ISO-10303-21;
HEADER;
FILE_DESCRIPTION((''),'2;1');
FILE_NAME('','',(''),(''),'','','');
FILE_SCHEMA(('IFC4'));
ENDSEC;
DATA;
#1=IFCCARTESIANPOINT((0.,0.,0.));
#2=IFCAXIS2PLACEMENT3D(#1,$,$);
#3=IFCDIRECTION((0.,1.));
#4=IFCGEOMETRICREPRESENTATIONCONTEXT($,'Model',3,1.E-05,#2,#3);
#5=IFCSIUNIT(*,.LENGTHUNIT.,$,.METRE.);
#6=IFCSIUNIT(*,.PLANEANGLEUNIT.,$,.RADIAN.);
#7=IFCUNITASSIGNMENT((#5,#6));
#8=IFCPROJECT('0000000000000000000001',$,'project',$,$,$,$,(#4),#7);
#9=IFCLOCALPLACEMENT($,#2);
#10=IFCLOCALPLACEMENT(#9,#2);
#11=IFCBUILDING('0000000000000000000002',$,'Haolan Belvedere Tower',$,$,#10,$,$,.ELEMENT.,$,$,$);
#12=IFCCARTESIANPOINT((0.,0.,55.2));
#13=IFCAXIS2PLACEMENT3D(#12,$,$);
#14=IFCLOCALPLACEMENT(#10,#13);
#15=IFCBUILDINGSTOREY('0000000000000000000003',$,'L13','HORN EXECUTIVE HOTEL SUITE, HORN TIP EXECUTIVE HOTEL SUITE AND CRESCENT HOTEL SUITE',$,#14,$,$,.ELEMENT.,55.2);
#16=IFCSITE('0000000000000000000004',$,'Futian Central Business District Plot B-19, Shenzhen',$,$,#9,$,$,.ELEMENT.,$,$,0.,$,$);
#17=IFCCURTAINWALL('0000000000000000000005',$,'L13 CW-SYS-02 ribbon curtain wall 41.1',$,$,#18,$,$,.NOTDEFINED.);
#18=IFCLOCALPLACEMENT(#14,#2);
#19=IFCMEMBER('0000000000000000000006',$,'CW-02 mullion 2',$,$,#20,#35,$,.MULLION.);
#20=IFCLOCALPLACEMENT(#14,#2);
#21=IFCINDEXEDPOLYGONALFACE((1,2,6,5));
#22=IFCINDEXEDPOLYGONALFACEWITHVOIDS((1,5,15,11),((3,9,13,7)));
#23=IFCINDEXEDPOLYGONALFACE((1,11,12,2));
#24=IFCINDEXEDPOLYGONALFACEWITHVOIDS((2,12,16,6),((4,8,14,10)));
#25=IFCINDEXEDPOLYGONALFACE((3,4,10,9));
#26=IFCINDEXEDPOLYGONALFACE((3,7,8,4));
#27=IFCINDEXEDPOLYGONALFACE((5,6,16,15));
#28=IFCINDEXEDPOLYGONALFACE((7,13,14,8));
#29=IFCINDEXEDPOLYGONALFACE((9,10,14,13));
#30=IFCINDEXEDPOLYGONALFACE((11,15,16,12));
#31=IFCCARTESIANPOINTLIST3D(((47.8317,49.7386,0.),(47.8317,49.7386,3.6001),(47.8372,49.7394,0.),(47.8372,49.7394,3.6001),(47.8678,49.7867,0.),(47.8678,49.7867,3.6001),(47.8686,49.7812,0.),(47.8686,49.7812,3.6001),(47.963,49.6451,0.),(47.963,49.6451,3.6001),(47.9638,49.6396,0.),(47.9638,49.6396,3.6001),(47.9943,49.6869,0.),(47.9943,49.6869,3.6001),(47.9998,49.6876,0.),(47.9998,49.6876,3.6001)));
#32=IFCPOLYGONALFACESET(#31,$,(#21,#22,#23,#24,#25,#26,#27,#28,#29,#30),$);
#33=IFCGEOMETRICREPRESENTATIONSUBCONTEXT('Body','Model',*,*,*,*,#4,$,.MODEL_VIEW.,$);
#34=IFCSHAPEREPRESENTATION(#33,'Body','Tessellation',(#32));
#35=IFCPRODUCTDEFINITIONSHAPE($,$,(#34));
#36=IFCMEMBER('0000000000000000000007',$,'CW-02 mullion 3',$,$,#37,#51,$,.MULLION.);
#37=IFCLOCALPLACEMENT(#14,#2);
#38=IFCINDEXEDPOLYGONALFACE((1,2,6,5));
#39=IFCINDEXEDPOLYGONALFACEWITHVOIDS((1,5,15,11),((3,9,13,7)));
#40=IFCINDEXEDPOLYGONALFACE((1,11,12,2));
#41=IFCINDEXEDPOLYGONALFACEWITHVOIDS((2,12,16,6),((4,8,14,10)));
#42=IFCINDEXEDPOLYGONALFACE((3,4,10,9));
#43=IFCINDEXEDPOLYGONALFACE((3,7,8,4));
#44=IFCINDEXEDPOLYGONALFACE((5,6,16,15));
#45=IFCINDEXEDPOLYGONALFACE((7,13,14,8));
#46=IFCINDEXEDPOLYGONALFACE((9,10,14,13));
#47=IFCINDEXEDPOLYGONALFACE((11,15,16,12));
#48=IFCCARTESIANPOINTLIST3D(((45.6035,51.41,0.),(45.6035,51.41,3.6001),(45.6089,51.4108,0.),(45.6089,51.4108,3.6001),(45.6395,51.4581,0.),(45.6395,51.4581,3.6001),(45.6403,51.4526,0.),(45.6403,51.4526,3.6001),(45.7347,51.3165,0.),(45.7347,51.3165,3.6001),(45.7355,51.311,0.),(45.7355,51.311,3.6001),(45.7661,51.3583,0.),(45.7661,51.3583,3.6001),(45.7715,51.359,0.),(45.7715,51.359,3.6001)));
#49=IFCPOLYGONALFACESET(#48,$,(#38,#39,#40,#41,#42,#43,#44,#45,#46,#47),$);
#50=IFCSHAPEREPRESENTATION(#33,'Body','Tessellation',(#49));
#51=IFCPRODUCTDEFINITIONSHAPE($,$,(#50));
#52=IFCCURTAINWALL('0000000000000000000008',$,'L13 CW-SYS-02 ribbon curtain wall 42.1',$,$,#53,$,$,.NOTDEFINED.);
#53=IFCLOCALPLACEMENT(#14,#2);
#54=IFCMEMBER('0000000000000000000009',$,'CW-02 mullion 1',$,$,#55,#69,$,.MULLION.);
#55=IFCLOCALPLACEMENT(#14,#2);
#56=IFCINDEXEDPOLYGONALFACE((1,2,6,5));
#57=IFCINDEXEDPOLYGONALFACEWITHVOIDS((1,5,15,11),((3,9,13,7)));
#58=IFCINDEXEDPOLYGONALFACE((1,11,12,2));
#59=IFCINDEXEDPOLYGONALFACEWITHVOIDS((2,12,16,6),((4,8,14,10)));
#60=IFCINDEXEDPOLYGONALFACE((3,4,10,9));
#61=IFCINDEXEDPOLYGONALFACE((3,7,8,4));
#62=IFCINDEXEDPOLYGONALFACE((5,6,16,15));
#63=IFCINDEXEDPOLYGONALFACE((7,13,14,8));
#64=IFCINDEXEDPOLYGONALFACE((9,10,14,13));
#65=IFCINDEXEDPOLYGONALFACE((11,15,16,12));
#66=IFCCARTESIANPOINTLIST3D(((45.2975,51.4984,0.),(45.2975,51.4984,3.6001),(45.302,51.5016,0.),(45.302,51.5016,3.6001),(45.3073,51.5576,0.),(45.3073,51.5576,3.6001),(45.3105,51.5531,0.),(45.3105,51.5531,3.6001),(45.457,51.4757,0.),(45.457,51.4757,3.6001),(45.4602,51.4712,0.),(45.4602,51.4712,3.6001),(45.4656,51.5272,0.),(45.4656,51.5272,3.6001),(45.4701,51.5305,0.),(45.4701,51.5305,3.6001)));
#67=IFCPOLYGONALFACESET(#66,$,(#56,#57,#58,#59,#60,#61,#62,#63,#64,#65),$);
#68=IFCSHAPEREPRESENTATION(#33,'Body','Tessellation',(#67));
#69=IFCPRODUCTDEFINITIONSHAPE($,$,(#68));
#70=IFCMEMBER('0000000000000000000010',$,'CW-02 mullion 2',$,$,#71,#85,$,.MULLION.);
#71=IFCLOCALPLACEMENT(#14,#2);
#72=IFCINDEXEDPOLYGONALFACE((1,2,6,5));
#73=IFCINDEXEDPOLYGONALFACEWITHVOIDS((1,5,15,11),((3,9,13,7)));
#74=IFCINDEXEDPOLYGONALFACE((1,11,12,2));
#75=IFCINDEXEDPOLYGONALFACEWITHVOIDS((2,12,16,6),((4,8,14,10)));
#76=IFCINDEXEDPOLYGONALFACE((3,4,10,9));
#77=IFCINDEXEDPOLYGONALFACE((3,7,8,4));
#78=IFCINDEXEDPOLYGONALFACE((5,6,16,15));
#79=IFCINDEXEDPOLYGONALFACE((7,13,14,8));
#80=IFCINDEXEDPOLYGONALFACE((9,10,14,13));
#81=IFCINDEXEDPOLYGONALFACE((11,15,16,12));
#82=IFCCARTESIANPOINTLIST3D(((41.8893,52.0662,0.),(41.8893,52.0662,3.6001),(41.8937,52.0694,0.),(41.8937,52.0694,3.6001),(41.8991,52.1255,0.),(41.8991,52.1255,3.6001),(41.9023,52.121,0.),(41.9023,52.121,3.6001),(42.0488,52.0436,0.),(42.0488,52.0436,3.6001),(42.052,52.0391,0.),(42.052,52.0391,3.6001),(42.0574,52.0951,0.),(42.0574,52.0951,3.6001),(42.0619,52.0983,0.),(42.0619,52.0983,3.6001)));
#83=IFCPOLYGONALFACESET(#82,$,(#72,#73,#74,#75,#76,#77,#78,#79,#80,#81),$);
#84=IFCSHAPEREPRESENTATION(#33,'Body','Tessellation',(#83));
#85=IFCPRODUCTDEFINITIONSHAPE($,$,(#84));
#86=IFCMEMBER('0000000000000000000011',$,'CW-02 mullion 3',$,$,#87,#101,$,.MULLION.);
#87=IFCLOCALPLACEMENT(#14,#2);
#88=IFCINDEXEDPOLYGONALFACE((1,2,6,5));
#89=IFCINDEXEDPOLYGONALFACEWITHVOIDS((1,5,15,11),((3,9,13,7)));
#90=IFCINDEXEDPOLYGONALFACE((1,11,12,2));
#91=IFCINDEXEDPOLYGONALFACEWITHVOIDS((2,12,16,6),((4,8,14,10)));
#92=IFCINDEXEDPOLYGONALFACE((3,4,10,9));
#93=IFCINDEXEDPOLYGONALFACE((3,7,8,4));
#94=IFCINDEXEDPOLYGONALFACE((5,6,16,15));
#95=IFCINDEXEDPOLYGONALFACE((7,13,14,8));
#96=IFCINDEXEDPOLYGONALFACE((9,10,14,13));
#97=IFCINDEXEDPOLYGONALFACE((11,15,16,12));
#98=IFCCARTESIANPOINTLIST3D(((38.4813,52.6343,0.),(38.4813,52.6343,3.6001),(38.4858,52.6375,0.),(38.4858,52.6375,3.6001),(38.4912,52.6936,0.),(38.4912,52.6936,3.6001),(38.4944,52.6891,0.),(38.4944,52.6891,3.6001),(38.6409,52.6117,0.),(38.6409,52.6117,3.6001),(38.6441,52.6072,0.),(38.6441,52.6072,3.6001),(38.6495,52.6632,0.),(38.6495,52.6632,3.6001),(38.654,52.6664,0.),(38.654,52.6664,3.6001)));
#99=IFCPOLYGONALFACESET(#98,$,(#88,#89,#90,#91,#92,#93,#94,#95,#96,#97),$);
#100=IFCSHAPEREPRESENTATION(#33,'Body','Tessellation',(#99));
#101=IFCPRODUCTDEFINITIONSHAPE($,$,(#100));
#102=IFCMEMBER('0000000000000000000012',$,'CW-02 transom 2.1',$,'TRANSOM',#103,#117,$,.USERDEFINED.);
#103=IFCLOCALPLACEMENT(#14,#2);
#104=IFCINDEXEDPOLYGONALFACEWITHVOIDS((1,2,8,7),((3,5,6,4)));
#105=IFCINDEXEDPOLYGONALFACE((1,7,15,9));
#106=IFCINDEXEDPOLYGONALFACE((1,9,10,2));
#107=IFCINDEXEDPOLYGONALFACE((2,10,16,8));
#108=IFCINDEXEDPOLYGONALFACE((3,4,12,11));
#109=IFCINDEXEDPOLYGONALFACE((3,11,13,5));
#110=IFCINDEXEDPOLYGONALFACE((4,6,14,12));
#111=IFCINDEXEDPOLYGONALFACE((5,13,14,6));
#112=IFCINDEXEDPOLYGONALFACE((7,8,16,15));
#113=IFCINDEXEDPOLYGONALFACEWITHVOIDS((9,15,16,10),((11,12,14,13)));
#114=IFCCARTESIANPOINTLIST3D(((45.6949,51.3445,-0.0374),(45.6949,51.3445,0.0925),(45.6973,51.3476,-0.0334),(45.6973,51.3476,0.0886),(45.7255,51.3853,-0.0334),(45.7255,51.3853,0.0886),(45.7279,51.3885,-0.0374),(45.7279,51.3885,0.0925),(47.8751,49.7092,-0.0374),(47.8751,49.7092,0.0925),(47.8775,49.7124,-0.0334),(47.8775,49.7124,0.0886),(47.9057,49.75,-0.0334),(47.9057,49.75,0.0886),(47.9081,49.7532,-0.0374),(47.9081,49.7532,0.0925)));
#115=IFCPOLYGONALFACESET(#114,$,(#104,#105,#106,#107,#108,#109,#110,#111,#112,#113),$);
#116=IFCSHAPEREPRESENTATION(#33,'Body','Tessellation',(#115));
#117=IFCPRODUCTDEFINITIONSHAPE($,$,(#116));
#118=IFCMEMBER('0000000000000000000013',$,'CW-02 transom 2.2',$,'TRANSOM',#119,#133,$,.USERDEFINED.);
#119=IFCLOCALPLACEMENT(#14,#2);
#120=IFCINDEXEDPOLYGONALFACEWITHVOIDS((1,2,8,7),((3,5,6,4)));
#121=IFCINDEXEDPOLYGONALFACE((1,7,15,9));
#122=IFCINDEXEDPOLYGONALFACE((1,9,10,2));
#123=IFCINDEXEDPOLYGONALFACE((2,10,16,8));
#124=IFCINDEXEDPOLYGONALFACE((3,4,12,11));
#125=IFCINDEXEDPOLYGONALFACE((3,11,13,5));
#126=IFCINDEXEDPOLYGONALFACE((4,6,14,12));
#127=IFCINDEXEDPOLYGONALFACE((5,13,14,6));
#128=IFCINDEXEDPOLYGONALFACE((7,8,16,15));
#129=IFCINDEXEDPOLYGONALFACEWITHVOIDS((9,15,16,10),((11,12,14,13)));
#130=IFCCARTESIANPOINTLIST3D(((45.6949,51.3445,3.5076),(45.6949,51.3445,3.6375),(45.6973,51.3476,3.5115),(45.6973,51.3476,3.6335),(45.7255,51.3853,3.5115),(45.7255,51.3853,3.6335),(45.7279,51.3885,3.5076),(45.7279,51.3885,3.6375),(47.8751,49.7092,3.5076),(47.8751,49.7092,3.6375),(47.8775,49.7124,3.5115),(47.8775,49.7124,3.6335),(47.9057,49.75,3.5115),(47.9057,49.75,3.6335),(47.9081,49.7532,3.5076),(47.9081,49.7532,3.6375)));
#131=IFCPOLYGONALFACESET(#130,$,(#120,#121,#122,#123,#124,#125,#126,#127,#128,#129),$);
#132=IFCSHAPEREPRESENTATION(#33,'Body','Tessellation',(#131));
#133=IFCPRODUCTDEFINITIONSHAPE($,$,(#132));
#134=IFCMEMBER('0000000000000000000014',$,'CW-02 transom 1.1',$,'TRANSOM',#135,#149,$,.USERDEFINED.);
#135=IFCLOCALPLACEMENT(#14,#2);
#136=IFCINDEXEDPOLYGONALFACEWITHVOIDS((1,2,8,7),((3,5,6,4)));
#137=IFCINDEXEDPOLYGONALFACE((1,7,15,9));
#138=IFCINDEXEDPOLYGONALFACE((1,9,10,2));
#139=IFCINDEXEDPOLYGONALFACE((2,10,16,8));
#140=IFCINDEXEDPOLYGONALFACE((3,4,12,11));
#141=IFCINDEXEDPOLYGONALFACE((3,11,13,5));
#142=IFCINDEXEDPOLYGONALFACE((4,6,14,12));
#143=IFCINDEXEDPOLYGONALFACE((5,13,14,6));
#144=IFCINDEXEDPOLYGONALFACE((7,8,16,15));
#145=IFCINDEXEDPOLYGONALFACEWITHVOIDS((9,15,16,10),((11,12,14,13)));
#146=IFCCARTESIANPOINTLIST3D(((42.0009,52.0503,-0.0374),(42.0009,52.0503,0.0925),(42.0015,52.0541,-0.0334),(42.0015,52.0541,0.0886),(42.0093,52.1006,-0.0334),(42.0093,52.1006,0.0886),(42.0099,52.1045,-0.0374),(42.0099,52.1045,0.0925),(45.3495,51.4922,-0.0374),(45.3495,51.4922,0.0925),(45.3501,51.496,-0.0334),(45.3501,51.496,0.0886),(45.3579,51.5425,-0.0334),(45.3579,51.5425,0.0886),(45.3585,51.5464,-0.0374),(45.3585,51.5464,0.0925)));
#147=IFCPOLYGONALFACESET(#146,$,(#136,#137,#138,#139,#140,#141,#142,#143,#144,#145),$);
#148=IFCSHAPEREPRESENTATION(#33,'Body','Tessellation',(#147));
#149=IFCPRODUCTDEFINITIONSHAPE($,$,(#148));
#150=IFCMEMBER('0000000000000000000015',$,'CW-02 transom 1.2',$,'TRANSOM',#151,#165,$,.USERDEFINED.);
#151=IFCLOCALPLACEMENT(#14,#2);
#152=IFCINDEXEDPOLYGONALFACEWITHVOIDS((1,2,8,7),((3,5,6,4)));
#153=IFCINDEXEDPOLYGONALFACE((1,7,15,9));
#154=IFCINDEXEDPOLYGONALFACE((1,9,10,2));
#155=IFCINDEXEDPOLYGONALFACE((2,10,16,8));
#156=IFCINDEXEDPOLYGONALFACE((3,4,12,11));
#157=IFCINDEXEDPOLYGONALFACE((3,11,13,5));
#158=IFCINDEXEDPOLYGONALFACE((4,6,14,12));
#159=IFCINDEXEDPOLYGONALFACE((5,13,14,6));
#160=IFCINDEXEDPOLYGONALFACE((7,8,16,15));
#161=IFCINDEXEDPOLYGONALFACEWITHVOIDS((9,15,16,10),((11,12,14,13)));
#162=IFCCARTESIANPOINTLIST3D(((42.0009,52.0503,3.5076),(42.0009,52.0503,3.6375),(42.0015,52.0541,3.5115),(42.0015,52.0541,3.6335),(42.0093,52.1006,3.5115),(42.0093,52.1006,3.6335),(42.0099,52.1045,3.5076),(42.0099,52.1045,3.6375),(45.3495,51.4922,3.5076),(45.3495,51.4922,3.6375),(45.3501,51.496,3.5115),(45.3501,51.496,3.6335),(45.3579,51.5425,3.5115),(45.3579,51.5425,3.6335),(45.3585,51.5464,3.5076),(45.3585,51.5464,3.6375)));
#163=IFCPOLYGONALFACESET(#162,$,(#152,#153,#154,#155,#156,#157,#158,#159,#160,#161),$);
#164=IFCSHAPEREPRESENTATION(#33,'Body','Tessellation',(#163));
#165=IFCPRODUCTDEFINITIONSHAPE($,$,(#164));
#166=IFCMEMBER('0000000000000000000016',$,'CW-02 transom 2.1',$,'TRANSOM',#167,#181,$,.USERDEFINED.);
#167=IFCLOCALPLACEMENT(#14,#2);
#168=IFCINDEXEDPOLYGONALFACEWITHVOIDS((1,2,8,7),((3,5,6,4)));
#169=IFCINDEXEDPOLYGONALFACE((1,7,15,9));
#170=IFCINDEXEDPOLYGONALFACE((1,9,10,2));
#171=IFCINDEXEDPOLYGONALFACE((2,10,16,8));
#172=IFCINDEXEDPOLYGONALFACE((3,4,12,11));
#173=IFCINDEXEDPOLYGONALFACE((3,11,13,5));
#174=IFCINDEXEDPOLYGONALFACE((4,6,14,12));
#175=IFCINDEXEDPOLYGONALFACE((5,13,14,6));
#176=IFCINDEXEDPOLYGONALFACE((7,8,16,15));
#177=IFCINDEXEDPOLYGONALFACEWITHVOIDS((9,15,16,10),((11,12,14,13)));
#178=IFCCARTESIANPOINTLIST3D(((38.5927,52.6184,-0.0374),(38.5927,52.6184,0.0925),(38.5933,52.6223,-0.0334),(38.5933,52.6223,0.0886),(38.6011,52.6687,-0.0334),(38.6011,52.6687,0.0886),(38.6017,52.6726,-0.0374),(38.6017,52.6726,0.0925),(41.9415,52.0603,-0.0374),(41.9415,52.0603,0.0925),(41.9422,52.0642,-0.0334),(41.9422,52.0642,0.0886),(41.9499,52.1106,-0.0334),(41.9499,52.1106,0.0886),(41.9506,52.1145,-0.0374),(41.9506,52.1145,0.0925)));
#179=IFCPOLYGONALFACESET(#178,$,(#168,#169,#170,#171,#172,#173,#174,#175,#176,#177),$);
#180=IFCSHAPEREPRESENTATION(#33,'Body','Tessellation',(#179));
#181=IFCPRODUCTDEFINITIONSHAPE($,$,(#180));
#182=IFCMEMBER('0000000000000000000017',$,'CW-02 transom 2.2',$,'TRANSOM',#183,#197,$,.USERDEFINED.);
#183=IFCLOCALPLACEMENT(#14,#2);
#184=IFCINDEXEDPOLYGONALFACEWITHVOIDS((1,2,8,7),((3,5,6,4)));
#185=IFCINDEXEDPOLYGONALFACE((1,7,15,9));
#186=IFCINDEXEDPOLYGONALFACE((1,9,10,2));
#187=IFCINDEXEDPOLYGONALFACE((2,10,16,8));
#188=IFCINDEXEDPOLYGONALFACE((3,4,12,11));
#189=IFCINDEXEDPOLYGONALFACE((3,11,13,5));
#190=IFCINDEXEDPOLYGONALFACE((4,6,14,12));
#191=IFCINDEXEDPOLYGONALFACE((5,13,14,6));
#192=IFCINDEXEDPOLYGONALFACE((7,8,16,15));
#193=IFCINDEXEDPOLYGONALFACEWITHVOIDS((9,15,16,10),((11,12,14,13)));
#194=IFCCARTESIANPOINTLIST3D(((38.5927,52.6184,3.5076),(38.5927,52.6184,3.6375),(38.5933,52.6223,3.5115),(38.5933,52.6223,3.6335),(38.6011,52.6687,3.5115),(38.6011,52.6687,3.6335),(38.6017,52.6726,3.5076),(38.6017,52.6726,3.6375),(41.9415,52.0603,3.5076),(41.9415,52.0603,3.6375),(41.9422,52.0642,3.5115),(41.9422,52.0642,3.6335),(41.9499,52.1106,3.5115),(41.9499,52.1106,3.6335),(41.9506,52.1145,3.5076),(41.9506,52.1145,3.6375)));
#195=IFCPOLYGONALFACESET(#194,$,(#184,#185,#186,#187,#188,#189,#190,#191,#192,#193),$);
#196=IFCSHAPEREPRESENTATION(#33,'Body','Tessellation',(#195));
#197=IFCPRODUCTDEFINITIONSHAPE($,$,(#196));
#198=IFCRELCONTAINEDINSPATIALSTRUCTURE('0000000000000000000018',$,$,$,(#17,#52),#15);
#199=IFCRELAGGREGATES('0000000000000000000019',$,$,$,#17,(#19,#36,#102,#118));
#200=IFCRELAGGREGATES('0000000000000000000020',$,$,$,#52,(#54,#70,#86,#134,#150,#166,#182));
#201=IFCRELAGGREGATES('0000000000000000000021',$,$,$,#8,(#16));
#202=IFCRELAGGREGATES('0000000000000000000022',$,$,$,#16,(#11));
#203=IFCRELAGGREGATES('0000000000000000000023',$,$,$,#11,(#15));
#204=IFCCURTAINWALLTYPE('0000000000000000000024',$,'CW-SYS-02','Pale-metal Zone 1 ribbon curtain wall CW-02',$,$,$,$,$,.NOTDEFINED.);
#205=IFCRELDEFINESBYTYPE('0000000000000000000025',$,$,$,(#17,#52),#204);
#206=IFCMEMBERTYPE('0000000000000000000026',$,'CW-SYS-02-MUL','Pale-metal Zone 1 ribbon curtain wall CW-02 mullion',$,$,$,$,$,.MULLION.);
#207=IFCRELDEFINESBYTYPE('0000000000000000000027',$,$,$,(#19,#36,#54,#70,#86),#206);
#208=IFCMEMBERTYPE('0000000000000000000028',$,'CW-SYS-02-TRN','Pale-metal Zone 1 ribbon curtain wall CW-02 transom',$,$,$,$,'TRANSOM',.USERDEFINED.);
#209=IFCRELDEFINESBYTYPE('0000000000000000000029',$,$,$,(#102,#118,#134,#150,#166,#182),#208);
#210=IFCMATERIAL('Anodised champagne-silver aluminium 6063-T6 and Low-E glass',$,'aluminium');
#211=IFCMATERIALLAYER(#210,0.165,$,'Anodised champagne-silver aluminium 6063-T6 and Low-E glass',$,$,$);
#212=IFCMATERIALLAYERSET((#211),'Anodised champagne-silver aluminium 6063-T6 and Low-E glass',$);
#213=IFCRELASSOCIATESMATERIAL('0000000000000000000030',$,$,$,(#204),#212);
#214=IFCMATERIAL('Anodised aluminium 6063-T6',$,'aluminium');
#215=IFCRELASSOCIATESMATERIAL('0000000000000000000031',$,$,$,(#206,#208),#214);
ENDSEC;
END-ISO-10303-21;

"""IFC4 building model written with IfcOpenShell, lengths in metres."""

from ifc_helpers import new_model, si_unit, direction, frame, origin, origin_2d, place, context, subcontext, project, spatial, hollow_rectangle, extrude, material, layer, layer_set, material_profile, profile_set, type_object, element, aggregate, save


model = new_model("IFC4")

# Units and contexts
model_context = context("Model", 3, precision=1e-05, world=origin(), true_north=direction((0.0, 1.0)))
body_context = subcontext(model_context, "Body", "Model", "MODEL_VIEW")
ifc_project = project(units=[si_unit("LENGTHUNIT", "METRE"), si_unit("PLANEANGLEUNIT", "RADIAN")], contexts=[model_context])

# Site, building, storey
site_placement = place(None, origin())
site = spatial("IfcSite", under=ifc_project, at=site_placement, Name="Futian Central Business District Plot B-19, Shenzhen", CompositionType="ELEMENT", RefElevation=0.0)
building_placement = place(site_placement, origin())
building = spatial("IfcBuilding", under=site, at=building_placement, Name="Haolan Belvedere Tower", CompositionType="ELEMENT")
storey_placement = place(building_placement, frame((0.0, 0.0, 55.2)))
storey = spatial("IfcBuildingStorey", under=building, at=storey_placement, Name="L13", Description="HORN EXECUTIVE HOTEL SUITE, HORN TIP EXECUTIVE HOTEL SUITE AND CRESCENT HOTEL SUITE", CompositionType="ELEMENT", Elevation=55.2)

# Curtain walls, members
ifc_material_1 = material(Name="Anodised champagne-silver aluminium 6063-T6 and Low-E glass", Category="aluminium")
ifc_layer_1 = layer(ifc_material_1, 0.165, Name="Anodised champagne-silver aluminium 6063-T6 and Low-E glass")
ifc_layer_set_1 = layer_set([ifc_layer_1], Name="Anodised champagne-silver aluminium 6063-T6 and Low-E glass")
curtain_wall_type = type_object("IfcCurtainWallType", Name="CW-SYS-02", Description="Pale-metal Zone 1 ribbon curtain wall CW-02", PredefinedType="NOTDEFINED", material=ifc_layer_set_1)
curtain_wall_1_placement = place(storey_placement, origin())
curtain_wall_1 = element("IfcCurtainWall", 1, at=curtain_wall_1_placement, inside=storey, type_object=curtain_wall_type, Name="L13 CW-SYS-02 ribbon curtain wall 41.1", PredefinedType="NOTDEFINED")
ifc_material_2 = material(Name="Anodised aluminium 6063-T6", Category="aluminium")
ifc_material_profile_1 = material_profile(ifc_material_2, hollow_rectangle(XDim=0.0601, YDim=0.165, WallThickness=0.0039, at=origin_2d()), Name="Anodised aluminium 6063-T6")
ifc_profile_set_1 = profile_set([ifc_material_profile_1], Name="Anodised aluminium 6063-T6")
member_type_1 = type_object("IfcMemberType", Name="CW-SYS-02-MUL", Description="Pale-metal Zone 1 ribbon curtain wall CW-02 mullion", PredefinedType="MULLION", material=ifc_profile_set_1)
member_1_placement = place(storey_placement, frame((47.9158, 49.7131, 0.0), z_axis=(0.0, 0.0, 1.0), x_axis=(-0.599994, -0.800004, 0.0)))
member_1 = element("IfcMember", 2, at=member_1_placement, type_object=member_type_1, Name="CW-02 mullion 2", PredefinedType="MULLION", context=body_context, shape_type="SweptSolid", body=[
    extrude(hollow_rectangle(XDim=0.0601, YDim=0.165, WallThickness=0.0039, at=origin_2d()), origin(), (0.0, 0.0, 1.0), 3.6001),
])
member_2_placement = place(storey_placement, frame((45.6875, 51.3845, 0.0), z_axis=(0.0, 0.0, 1.0), x_axis=(-0.599994, -0.800004, 0.0)))
member_2 = element("IfcMember", 3, at=member_2_placement, type_object=member_type_1, Name="CW-02 mullion 3", PredefinedType="MULLION", context=body_context, shape_type="SweptSolid", body=[
    extrude(hollow_rectangle(XDim=0.0601, YDim=0.165, WallThickness=0.0039, at=origin_2d()), origin(), (0.0, 0.0, 1.0), 3.6001),
])
curtain_wall_2_placement = place(storey_placement, origin())
curtain_wall_2 = element("IfcCurtainWall", 4, at=curtain_wall_2_placement, inside=storey, type_object=curtain_wall_type, Name="L13 CW-SYS-02 ribbon curtain wall 42.1", PredefinedType="NOTDEFINED")
member_3_placement = place(storey_placement, frame((45.3838, 51.5144, 0.0), z_axis=(0.0, 0.0, 1.0), x_axis=(-0.164404, -0.986393, 0.0)))
member_3 = element("IfcMember", 5, at=member_3_placement, type_object=member_type_1, Name="CW-02 mullion 1", PredefinedType="MULLION", context=body_context, shape_type="SweptSolid", body=[
    extrude(hollow_rectangle(XDim=0.0601, YDim=0.165, WallThickness=0.0039, at=origin_2d()), origin(), (0.0, 0.0, 1.0), 3.6001),
])
member_4_placement = place(storey_placement, frame((41.9756, 52.0823, 0.0), z_axis=(0.0, 0.0, 1.0), x_axis=(-0.164404, -0.986393, 0.0)))
member_4 = element("IfcMember", 6, at=member_4_placement, type_object=member_type_1, Name="CW-02 mullion 2", PredefinedType="MULLION", context=body_context, shape_type="SweptSolid", body=[
    extrude(hollow_rectangle(XDim=0.0601, YDim=0.165, WallThickness=0.0039, at=origin_2d()), origin(), (0.0, 0.0, 1.0), 3.6001),
])
member_5_placement = place(storey_placement, frame((38.5676, 52.6504, 0.0), z_axis=(0.0, 0.0, 1.0), x_axis=(-0.164404, -0.986393, 0.0)))
member_5 = element("IfcMember", 7, at=member_5_placement, type_object=member_type_1, Name="CW-02 mullion 3", PredefinedType="MULLION", context=body_context, shape_type="SweptSolid", body=[
    extrude(hollow_rectangle(XDim=0.0601, YDim=0.165, WallThickness=0.0039, at=origin_2d()), origin(), (0.0, 0.0, 1.0), 3.6001),
])

# Members
ifc_material_profile_2 = material_profile(ifc_material_2, hollow_rectangle(XDim=0.0549, YDim=0.1299, WallThickness=0.0039, at=origin_2d()), Name="Anodised aluminium 6063-T6")
ifc_profile_set_2 = profile_set([ifc_material_profile_2], Name="Anodised aluminium 6063-T6")
member_type_2 = type_object("IfcMemberType", Name="CW-SYS-02-TRN", Description="Pale-metal Zone 1 ribbon curtain wall CW-02 transom", ElementType="TRANSOM", PredefinedType="USERDEFINED", material=ifc_profile_set_2)
member_6_placement = place(storey_placement, frame((47.8916, 49.7312, 0.0276), z_axis=(-0.799978, 0.600029, 0.0), x_axis=(-0.600029, -0.799978, 0.0)))
member_6 = element("IfcMember", 8, at=member_6_placement, type_object=member_type_2, Name="CW-02 transom 2.1", ObjectType="TRANSOM", PredefinedType="USERDEFINED", context=body_context, shape_type="SweptSolid", body=[
    extrude(hollow_rectangle(XDim=0.0549, YDim=0.1299, WallThickness=0.0039, at=origin_2d()), origin(), (0.0, 0.0, 1.0), 2.7253),
])
member_7_placement = place(storey_placement, frame((47.8916, 49.7312, 3.5725), z_axis=(-0.799978, 0.600029, 0.0), x_axis=(-0.600029, -0.799978, 0.0)))
member_7 = element("IfcMember", 9, at=member_7_placement, type_object=member_type_2, Name="CW-02 transom 2.2", ObjectType="TRANSOM", PredefinedType="USERDEFINED", context=body_context, shape_type="SweptSolid", body=[
    extrude(hollow_rectangle(XDim=0.0549, YDim=0.1299, WallThickness=0.0039, at=origin_2d()), origin(), (0.0, 0.0, 1.0), 2.7253),
])
member_8_placement = place(storey_placement, frame((45.354, 51.5193, 0.0276), z_axis=(-0.986394, 0.164399, 0.0), x_axis=(-0.164399, -0.986394, 0.0)))
member_8 = element("IfcMember", 10, at=member_8_placement, type_object=member_type_2, Name="CW-02 transom 1.1", ObjectType="TRANSOM", PredefinedType="USERDEFINED", context=body_context, shape_type="SweptSolid", body=[
    extrude(hollow_rectangle(XDim=0.0549, YDim=0.1299, WallThickness=0.0039, at=origin_2d()), origin(), (0.0, 0.0, 1.0), 3.3948),
])
member_9_placement = place(storey_placement, frame((45.354, 51.5193, 3.5725), z_axis=(-0.986394, 0.164399, 0.0), x_axis=(-0.164399, -0.986394, 0.0)))
member_9 = element("IfcMember", 11, at=member_9_placement, type_object=member_type_2, Name="CW-02 transom 1.2", ObjectType="TRANSOM", PredefinedType="USERDEFINED", context=body_context, shape_type="SweptSolid", body=[
    extrude(hollow_rectangle(XDim=0.0549, YDim=0.1299, WallThickness=0.0039, at=origin_2d()), origin(), (0.0, 0.0, 1.0), 3.3948),
])
member_10_placement = place(storey_placement, frame((41.946, 52.0874, 0.0276), z_axis=(-0.986396, 0.164387, 0.0), x_axis=(-0.164387, -0.986396, 0.0)))
member_10 = element("IfcMember", 12, at=member_10_placement, type_object=member_type_2, Name="CW-02 transom 2.1", ObjectType="TRANSOM", PredefinedType="USERDEFINED", context=body_context, shape_type="SweptSolid", body=[
    extrude(hollow_rectangle(XDim=0.0549, YDim=0.1299, WallThickness=0.0039, at=origin_2d()), origin(), (0.0, 0.0, 1.0), 3.395),
])
member_11_placement = place(storey_placement, frame((41.946, 52.0874, 3.5725), z_axis=(-0.986396, 0.164387, 0.0), x_axis=(-0.164387, -0.986396, 0.0)))
member_11 = element("IfcMember", 13, at=member_11_placement, type_object=member_type_2, Name="CW-02 transom 2.2", ObjectType="TRANSOM", PredefinedType="USERDEFINED", context=body_context, shape_type="SweptSolid", body=[
    extrude(hollow_rectangle(XDim=0.0549, YDim=0.1299, WallThickness=0.0039, at=origin_2d()), origin(), (0.0, 0.0, 1.0), 3.395),
])

aggregate(curtain_wall_1, [member_1, member_2, member_6, member_7])
aggregate(curtain_wall_2, [member_3, member_4, member_5, member_8, member_9, member_10, member_11])

save(model, "model.ifc")
